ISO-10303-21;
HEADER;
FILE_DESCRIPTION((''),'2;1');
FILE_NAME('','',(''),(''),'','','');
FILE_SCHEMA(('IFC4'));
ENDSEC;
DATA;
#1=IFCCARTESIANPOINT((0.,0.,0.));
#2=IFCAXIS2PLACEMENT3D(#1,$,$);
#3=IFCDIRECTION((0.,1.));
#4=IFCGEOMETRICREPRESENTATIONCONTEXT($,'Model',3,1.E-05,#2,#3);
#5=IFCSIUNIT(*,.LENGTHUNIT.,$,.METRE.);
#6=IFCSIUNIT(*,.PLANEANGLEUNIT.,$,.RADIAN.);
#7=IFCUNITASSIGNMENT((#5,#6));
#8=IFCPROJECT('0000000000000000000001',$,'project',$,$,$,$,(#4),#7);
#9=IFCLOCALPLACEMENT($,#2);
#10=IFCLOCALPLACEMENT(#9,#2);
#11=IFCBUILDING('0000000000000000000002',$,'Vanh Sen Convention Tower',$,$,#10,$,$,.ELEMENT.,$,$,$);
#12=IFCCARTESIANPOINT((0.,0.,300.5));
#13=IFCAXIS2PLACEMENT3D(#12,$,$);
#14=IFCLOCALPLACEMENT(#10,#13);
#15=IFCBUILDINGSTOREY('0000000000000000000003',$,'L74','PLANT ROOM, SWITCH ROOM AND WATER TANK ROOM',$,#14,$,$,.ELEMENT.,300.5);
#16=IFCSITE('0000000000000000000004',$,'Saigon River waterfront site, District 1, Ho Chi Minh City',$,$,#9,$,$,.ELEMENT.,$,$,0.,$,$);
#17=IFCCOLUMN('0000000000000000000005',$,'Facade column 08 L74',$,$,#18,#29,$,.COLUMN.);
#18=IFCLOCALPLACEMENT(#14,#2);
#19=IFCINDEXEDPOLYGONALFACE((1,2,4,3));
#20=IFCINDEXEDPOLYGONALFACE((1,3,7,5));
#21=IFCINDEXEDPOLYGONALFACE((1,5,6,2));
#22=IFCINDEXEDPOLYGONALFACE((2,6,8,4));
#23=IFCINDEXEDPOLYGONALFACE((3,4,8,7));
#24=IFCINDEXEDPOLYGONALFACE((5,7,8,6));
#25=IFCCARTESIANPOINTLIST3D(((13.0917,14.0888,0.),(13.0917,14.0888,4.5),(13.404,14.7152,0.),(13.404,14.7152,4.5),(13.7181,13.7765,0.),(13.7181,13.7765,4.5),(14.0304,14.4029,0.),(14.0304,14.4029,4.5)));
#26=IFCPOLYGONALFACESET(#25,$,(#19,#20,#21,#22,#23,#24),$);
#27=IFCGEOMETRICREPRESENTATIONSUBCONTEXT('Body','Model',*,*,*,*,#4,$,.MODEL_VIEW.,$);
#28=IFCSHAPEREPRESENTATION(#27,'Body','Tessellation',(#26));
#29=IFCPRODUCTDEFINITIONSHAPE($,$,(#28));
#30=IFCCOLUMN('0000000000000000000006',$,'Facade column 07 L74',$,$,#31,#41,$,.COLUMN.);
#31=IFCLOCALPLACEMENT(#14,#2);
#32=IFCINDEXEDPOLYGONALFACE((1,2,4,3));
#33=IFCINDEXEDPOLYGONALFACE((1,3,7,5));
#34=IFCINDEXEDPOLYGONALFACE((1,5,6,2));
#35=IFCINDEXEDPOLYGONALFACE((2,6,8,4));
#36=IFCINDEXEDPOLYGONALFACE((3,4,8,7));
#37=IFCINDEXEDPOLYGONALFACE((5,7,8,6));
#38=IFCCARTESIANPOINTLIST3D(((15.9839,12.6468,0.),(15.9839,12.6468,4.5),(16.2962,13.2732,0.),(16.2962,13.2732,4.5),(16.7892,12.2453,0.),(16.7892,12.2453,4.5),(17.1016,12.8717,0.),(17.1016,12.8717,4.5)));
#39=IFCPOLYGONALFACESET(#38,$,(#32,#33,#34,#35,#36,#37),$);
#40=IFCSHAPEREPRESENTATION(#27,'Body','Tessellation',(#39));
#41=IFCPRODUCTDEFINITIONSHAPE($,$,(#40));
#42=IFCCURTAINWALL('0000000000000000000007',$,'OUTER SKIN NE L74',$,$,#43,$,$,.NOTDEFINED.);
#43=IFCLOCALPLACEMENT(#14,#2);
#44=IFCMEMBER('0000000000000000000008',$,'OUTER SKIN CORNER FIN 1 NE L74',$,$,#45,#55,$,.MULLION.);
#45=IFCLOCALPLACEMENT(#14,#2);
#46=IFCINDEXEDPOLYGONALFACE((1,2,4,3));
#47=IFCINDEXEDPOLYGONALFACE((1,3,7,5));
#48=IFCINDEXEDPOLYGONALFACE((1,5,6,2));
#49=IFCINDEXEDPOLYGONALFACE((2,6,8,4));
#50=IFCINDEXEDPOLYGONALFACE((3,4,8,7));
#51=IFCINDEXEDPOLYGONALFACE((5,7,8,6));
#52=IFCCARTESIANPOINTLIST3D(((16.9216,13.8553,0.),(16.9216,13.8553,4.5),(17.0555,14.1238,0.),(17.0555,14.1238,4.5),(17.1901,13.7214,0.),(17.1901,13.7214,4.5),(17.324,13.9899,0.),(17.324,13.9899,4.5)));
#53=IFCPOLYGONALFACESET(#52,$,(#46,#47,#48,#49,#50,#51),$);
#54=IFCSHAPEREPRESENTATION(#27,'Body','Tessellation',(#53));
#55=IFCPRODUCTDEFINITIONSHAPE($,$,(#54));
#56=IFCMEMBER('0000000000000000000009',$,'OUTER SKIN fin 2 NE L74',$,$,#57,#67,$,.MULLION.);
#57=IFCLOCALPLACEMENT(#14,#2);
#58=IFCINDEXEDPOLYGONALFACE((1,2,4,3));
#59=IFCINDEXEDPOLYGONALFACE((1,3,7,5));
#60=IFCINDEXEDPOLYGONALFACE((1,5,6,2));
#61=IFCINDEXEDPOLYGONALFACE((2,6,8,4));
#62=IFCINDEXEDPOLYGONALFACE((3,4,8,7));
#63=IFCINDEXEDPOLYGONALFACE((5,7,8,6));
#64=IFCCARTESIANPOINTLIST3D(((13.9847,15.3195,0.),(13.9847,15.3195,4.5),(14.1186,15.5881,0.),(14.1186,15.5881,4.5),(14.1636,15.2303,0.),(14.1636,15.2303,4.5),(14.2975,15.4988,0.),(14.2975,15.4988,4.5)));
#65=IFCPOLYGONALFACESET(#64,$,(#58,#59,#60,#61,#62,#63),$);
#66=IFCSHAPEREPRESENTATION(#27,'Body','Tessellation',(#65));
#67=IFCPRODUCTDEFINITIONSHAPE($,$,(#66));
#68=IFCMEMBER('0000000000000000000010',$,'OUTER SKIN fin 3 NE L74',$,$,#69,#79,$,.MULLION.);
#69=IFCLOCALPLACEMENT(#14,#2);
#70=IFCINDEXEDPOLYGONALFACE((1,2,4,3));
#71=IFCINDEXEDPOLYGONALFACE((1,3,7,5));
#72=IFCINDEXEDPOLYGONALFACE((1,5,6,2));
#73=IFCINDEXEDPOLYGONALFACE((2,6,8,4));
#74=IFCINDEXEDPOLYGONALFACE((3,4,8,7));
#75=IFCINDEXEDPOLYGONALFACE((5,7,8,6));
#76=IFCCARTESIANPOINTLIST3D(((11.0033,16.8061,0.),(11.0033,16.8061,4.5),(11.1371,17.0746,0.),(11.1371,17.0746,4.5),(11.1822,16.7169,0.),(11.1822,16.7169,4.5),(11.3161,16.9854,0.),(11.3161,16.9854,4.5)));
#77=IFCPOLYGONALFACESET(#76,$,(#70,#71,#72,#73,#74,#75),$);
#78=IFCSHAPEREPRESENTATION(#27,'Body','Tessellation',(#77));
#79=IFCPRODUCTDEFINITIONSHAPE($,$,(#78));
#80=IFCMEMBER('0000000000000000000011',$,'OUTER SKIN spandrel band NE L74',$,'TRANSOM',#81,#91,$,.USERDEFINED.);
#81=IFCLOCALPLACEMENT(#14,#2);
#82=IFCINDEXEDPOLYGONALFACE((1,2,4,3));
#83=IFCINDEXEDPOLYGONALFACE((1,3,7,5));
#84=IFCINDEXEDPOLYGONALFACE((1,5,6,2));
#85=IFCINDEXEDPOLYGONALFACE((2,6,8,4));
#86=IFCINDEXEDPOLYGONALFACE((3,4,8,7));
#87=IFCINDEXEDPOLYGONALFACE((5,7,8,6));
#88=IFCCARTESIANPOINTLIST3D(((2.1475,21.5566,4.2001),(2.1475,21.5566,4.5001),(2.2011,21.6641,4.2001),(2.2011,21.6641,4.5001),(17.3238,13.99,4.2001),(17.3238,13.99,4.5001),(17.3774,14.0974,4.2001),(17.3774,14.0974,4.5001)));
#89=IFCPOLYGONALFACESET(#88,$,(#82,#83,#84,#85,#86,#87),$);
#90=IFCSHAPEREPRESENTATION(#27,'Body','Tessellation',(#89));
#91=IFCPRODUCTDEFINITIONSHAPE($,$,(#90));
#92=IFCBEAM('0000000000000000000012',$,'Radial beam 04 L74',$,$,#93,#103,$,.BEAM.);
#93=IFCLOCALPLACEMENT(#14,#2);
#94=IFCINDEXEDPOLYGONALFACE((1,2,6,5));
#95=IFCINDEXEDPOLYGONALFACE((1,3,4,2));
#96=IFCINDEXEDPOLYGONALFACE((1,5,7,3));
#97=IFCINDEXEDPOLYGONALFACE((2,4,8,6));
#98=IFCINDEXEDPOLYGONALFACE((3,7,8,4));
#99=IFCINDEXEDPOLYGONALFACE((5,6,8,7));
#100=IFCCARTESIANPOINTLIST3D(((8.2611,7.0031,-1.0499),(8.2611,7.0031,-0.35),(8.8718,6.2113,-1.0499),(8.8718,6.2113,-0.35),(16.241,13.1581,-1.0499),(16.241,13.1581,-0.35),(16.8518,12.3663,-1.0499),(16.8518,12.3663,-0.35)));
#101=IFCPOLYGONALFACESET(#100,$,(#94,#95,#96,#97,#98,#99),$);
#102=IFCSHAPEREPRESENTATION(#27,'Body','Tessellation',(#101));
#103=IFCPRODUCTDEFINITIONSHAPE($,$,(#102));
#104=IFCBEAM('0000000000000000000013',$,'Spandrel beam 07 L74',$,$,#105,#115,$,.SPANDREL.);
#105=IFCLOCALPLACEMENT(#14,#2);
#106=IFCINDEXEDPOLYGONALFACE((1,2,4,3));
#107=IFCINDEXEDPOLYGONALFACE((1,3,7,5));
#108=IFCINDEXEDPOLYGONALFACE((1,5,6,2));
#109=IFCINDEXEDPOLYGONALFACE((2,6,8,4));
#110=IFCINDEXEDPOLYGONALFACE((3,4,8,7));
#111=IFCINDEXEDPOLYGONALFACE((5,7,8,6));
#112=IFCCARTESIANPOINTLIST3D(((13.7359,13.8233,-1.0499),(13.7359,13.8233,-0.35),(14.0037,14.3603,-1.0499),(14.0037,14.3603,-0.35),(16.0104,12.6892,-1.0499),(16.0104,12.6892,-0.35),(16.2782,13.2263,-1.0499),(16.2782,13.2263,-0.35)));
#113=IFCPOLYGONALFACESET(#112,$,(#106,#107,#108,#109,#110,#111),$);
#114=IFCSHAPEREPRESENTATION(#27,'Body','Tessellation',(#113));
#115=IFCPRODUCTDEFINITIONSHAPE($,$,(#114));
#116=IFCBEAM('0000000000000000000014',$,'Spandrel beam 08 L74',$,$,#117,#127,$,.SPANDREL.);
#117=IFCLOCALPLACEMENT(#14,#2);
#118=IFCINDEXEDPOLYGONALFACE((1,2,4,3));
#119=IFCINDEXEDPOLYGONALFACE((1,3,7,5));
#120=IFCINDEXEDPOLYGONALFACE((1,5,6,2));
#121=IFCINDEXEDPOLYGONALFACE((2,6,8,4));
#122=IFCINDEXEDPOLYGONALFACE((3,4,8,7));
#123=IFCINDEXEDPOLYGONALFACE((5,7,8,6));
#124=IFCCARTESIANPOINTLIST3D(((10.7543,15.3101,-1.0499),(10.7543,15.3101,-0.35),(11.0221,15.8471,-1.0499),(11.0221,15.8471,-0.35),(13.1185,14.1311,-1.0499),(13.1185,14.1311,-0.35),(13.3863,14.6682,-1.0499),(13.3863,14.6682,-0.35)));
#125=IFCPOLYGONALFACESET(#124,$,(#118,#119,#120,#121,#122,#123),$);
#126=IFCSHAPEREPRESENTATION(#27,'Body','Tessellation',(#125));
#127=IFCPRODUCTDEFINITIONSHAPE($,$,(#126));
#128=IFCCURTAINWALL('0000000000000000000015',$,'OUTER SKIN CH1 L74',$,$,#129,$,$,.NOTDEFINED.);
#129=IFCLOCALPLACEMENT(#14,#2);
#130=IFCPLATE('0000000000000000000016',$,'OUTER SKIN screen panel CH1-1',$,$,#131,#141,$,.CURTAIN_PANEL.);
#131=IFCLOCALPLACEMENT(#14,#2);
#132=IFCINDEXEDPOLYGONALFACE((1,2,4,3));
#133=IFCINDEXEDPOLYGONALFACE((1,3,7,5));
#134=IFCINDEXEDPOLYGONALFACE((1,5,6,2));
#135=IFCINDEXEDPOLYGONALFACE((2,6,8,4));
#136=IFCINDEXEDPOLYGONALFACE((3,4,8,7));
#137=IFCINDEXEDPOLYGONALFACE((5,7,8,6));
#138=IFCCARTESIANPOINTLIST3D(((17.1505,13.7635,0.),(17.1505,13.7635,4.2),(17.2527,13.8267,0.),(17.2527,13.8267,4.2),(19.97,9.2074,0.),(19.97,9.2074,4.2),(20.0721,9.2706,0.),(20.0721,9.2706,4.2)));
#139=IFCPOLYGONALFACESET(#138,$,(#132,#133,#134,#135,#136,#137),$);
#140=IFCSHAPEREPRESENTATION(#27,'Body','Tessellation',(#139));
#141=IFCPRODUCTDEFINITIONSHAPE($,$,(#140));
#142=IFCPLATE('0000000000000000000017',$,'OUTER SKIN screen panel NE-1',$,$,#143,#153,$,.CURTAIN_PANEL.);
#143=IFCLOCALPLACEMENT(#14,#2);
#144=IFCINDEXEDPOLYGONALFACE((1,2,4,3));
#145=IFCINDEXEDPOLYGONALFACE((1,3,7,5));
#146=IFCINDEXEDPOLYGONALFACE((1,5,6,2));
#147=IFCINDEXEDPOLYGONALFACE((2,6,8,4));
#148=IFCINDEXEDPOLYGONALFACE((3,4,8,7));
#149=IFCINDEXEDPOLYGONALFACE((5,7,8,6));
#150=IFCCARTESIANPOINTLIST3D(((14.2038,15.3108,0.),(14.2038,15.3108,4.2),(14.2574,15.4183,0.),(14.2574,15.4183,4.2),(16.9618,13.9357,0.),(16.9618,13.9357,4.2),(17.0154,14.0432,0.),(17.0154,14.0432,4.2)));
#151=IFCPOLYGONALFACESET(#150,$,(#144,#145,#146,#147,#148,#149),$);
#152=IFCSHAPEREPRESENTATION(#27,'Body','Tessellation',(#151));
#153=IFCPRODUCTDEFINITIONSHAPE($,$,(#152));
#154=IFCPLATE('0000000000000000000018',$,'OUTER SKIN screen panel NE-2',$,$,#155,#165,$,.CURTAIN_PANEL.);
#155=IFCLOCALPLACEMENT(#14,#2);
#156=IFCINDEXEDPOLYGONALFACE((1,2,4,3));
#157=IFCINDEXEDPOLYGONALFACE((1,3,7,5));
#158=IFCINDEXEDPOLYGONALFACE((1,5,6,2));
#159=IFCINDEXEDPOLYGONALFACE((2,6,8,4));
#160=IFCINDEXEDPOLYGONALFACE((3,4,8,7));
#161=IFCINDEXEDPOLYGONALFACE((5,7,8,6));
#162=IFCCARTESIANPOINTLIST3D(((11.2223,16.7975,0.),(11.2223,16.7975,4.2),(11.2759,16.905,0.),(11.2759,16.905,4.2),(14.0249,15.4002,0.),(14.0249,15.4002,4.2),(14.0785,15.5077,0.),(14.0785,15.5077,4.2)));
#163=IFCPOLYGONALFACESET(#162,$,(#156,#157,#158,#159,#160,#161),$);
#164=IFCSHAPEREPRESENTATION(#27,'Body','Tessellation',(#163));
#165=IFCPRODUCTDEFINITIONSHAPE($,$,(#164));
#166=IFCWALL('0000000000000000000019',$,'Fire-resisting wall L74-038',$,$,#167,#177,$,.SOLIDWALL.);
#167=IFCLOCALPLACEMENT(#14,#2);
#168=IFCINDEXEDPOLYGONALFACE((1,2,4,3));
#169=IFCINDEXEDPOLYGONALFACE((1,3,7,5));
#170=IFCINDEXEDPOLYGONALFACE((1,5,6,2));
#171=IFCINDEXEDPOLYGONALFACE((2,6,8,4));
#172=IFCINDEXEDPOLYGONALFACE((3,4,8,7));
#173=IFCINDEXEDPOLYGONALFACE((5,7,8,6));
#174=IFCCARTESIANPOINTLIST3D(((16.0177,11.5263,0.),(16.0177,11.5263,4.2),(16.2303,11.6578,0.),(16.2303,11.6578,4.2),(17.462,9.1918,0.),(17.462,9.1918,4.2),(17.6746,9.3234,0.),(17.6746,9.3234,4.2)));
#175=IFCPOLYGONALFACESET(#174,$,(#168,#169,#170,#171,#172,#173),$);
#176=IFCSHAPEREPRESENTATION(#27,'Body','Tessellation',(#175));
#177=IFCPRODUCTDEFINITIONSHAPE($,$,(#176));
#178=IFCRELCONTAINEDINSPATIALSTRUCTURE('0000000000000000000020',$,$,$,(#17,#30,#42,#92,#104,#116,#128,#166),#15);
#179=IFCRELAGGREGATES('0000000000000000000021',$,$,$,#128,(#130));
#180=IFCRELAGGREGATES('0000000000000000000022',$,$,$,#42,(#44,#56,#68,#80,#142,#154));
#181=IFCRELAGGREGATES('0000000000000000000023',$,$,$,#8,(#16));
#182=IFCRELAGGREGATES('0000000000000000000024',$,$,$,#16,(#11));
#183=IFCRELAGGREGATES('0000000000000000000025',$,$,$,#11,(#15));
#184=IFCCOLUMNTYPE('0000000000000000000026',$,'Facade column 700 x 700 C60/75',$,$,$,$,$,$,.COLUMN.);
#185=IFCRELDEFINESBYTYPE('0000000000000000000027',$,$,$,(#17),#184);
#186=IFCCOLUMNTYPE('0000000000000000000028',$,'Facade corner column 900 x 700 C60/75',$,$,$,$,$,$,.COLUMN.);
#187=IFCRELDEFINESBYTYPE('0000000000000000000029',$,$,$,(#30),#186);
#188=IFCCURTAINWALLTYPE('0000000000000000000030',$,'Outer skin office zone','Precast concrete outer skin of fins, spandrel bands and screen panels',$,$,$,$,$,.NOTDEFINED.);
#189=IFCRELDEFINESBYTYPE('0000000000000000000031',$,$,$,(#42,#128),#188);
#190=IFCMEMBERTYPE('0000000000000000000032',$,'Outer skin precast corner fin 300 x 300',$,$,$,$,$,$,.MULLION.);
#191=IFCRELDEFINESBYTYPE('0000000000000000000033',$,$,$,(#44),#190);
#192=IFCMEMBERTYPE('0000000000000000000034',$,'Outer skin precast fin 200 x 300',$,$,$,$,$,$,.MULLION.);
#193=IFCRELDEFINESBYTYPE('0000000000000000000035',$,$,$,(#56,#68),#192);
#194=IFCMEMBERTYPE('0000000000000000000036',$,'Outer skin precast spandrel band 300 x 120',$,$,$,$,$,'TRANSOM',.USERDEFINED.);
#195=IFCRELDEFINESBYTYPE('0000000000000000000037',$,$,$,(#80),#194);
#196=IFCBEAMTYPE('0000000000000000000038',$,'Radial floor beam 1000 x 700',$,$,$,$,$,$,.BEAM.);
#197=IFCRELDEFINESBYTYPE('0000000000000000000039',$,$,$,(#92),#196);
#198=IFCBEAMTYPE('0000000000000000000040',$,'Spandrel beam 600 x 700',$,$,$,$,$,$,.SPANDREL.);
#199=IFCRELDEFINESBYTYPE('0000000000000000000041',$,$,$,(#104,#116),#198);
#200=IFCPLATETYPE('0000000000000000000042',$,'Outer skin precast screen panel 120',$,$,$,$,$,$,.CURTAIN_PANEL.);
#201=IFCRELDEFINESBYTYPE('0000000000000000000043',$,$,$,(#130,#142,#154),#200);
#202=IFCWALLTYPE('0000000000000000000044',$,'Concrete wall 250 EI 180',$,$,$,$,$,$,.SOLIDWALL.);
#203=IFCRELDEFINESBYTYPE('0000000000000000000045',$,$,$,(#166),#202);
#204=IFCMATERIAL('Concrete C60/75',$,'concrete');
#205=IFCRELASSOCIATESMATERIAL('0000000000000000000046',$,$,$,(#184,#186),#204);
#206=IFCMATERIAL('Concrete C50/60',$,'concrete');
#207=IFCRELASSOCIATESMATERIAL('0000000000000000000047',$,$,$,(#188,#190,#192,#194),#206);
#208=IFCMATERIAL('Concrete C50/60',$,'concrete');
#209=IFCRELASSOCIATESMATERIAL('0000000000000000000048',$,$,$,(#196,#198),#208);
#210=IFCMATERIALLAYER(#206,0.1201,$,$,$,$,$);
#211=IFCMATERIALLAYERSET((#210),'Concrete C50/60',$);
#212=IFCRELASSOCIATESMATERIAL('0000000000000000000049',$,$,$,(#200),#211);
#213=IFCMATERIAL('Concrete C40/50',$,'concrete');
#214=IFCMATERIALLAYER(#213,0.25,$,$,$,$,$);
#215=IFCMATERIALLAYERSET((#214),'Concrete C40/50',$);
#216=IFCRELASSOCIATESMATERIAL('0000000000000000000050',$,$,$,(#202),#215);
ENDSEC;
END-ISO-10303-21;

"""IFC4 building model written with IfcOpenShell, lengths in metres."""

from ifc_helpers import new_model, si_unit, direction, frame, frame_2d, origin, origin_2d, place, context, subcontext, project, spatial, rectangle, extrude, material, layer, layer_set, material_profile, profile_set, type_object, element, aggregate, save


model = new_model("IFC4")

# Units and contexts
model_context = context("Model", 3, precision=1e-05, world=origin(), true_north=direction((0.0, 1.0)))
body_context = subcontext(model_context, "Body", "Model", "MODEL_VIEW")
ifc_project = project(units=[si_unit("LENGTHUNIT", "METRE"), si_unit("PLANEANGLEUNIT", "RADIAN")], contexts=[model_context])

# Site, building, storey
site_placement = place(None, origin())
site = spatial("IfcSite", under=ifc_project, at=site_placement, Name="Saigon River waterfront site, District 1, Ho Chi Minh City", CompositionType="ELEMENT", RefElevation=0.0)
building_placement = place(site_placement, origin())
building = spatial("IfcBuilding", under=site, at=building_placement, Name="Vanh Sen Convention Tower", CompositionType="ELEMENT")
storey_placement = place(building_placement, frame((0.0, 0.0, 300.5)))
storey = spatial("IfcBuildingStorey", under=building, at=storey_placement, Name="L74", Description="PLANT ROOM, SWITCH ROOM AND WATER TANK ROOM", CompositionType="ELEMENT", Elevation=300.5)

# Columns
ifc_material_1 = material(Name="Concrete C60/75", Category="concrete")
ifc_material_profile_1 = material_profile(ifc_material_1, rectangle(XDim=0.7, YDim=0.7, at=origin_2d()), Name="RC 700X700")
ifc_profile_set_1 = profile_set([ifc_material_profile_1], Name="Concrete C60/75")
column_type_1 = type_object("IfcColumnType", Name="Facade column 700 x 700 C60/75", PredefinedType="COLUMN", material=ifc_profile_set_1)
column_1_placement = place(storey_placement, frame((13.561, 14.2458, 0.0), z_axis=(0.0, 0.0, 1.0), x_axis=(-0.894934, 0.446198, 0.0)))
element("IfcColumn", 1, at=column_1_placement, inside=storey, type_object=column_type_1, Name="Facade column 08 L74", PredefinedType="COLUMN", context=body_context, shape_type="SweptSolid", body=[
    extrude(rectangle(XDim=0.7, YDim=0.7, at=origin_2d()), origin(), (0.0, 0.0, 1.0), 4.5),
])
ifc_material_profile_2 = material_profile(ifc_material_1, rectangle(XDim=0.8999, YDim=0.7, at=origin_2d()), Name="RC 900X700")
ifc_profile_set_2 = profile_set([ifc_material_profile_2], Name="Concrete C60/75")
column_type_2 = type_object("IfcColumnType", Name="Facade corner column 900 x 700 C60/75", PredefinedType="COLUMN", material=ifc_profile_set_2)
column_2_placement = place(storey_placement, frame((16.5427, 12.7593, 0.0), z_axis=(0.0, 0.0, 1.0), x_axis=(-0.894934, 0.446198, 0.0)))
element("IfcColumn", 2, at=column_2_placement, inside=storey, type_object=column_type_2, Name="Facade column 07 L74", PredefinedType="COLUMN", context=body_context, shape_type="SweptSolid", body=[
    extrude(rectangle(XDim=0.8999, YDim=0.7, at=origin_2d()), origin(), (0.0, 0.0, 1.0), 4.5),
])

# Curtain wall, members
ifc_material_2 = material(Name="Concrete C50/60", Category="concrete")
curtain_wall_type = type_object("IfcCurtainWallType", Name="Outer skin office zone", Description="Precast concrete outer skin of fins, spandrel bands and screen panels", PredefinedType="NOTDEFINED", material=ifc_material_2)
curtain_wall_1_placement = place(storey_placement, origin())
curtain_wall_1 = element("IfcCurtainWall", 3, at=curtain_wall_1_placement, inside=storey, type_object=curtain_wall_type, Name="OUTER SKIN NE L74", PredefinedType="NOTDEFINED")
ifc_material_profile_3 = material_profile(ifc_material_2, rectangle(XDim=0.3, YDim=0.3, at=origin_2d()), Name="Outer skin precast corner fin 300 x 300")
ifc_profile_set_3 = profile_set([ifc_material_profile_3], Name="Concrete C50/60")
member_type_1 = type_object("IfcMemberType", Name="Outer skin precast corner fin 300 x 300", PredefinedType="MULLION", material=ifc_profile_set_3)
member_1_placement = place(storey_placement, frame((17.1228, 13.9226, 0.0), z_axis=(0.0, 0.0, 1.0), x_axis=(-0.894934, 0.446198, 0.0)))
member_1 = element("IfcMember", 4, at=member_1_placement, type_object=member_type_1, Name="OUTER SKIN CORNER FIN 1 NE L74", PredefinedType="MULLION", context=body_context, shape_type="SweptSolid", body=[
    extrude(rectangle(XDim=0.3, YDim=0.3, at=origin_2d()), origin(), (0.0, 0.0, 1.0), 4.5),
])
ifc_material_profile_4 = material_profile(ifc_material_2, rectangle(XDim=0.2, YDim=0.3, at=origin_2d()), Name="Outer skin precast fin 200 x 300")
ifc_profile_set_4 = profile_set([ifc_material_profile_4], Name="Concrete C50/60")
member_type_2 = type_object("IfcMemberType", Name="Outer skin precast fin 200 x 300", PredefinedType="MULLION", material=ifc_profile_set_4)
member_2_placement = place(storey_placement, frame((14.1411, 15.4092, 0.0), z_axis=(0.0, 0.0, 1.0), x_axis=(-0.894934, 0.446198, 0.0)))
member_2 = element("IfcMember", 5, at=member_2_placement, type_object=member_type_2, Name="OUTER SKIN fin 2 NE L74", PredefinedType="MULLION", context=body_context, shape_type="SweptSolid", body=[
    extrude(rectangle(XDim=0.2, YDim=0.3, at=origin_2d()), origin(), (0.0, 0.0, 1.0), 4.5),
])
member_3_placement = place(storey_placement, frame((11.1597, 16.8958, 0.0), z_axis=(0.0, 0.0, 1.0), x_axis=(-0.894934, 0.446198, 0.0)))
member_3 = element("IfcMember", 6, at=member_3_placement, type_object=member_type_2, Name="OUTER SKIN fin 3 NE L74", PredefinedType="MULLION", context=body_context, shape_type="SweptSolid", body=[
    extrude(rectangle(XDim=0.2, YDim=0.3, at=origin_2d()), origin(), (0.0, 0.0, 1.0), 4.5),
])
ifc_material_profile_5 = material_profile(ifc_material_2, rectangle(XDim=0.1201, YDim=0.3, at=origin_2d()), Name="Outer skin precast spandrel band 300 x 120")
ifc_profile_set_5 = profile_set([ifc_material_profile_5], Name="Concrete C50/60")
member_type_3 = type_object("IfcMemberType", Name="Outer skin precast spandrel band 300 x 120", ElementType="TRANSOM", PredefinedType="USERDEFINED", material=ifc_profile_set_5)
member_4_placement = place(storey_placement, frame((17.3506, 14.0437, 4.3501), z_axis=(-0.894933, 0.4462, 0.0), x_axis=(-0.4462, -0.894933, 0.0)))
member_4 = element("IfcMember", 7, at=member_4_placement, type_object=member_type_3, Name="OUTER SKIN spandrel band NE L74", ObjectType="TRANSOM", PredefinedType="USERDEFINED", context=body_context, shape_type="SweptSolid", body=[
    extrude(rectangle(XDim=0.1201, YDim=0.3, at=origin_2d()), origin(), (0.0, 0.0, 1.0), 16.958),
])

# Beams
ifc_material_3 = material(Name="Concrete C50/60", Category="concrete")
ifc_material_profile_6 = material_profile(ifc_material_3, rectangle(XDim=1.0, YDim=0.7, at=origin_2d()), Name="RC 1000X700")
ifc_profile_set_6 = profile_set([ifc_material_profile_6], Name="Concrete C50/60")
beam_type_1 = type_object("IfcBeamType", Name="Radial floor beam 1000 x 700", PredefinedType="BEAM", material=ifc_profile_set_6)
beam_1_placement = place(storey_placement, frame((16.5464, 12.7622, -0.7), z_axis=(-0.791828, -0.610744, 0.0), x_axis=(0.610744, -0.791828, 0.0)))
element("IfcBeam", 8, at=beam_1_placement, inside=storey, type_object=beam_type_1, Name="Radial beam 04 L74", PredefinedType="BEAM", context=body_context, shape_type="SweptSolid", body=[
    extrude(rectangle(XDim=1.0, YDim=0.7, at=origin_2d()), origin(), (0.0, 0.0, 1.0), 10.0779),
])
ifc_material_profile_7 = material_profile(ifc_material_3, rectangle(XDim=0.6001, YDim=0.7, at=origin_2d()), Name="RC 600X700")
ifc_profile_set_7 = profile_set([ifc_material_profile_7], Name="Concrete C50/60")
beam_type_2 = type_object("IfcBeamType", Name="Spandrel beam 600 x 700", PredefinedType="SPANDREL", material=ifc_profile_set_7)
beam_2_placement = place(storey_placement, frame((16.1443, 12.9578, -0.7), z_axis=(-0.894926, 0.446214, 0.0), x_axis=(-0.446214, -0.894926, 0.0)))
element("IfcBeam", 9, at=beam_2_placement, inside=storey, type_object=beam_type_2, Name="Spandrel beam 07 L74", PredefinedType="SPANDREL", context=body_context, shape_type="SweptSolid", body=[
    extrude(rectangle(XDim=0.6001, YDim=0.7, at=origin_2d()), origin(), (0.0, 0.0, 1.0), 2.5415),
])
beam_3_placement = place(storey_placement, frame((13.2524, 14.3997, -0.7), z_axis=(-0.894907, 0.446252, 0.0), x_axis=(-0.446252, -0.894907, 0.0)))
element("IfcBeam", 10, at=beam_3_placement, inside=storey, type_object=beam_type_2, Name="Spandrel beam 08 L74", PredefinedType="SPANDREL", context=body_context, shape_type="SweptSolid", body=[
    extrude(rectangle(XDim=0.6001, YDim=0.7, at=origin_2d()), origin(), (0.0, 0.0, 1.0), 2.6418),
])

# Curtain wall, plate
curtain_wall_2_placement = place(storey_placement, origin())
curtain_wall_2 = element("IfcCurtainWall", 11, at=curtain_wall_2_placement, inside=storey, type_object=curtain_wall_type, Name="OUTER SKIN CH1 L74", PredefinedType="NOTDEFINED")
ifc_layer_1 = layer(ifc_material_2, 0.1201)
ifc_layer_set_1 = layer_set([ifc_layer_1], Name="Concrete C50/60")
plate_type = type_object("IfcPlateType", Name="Outer skin precast screen panel 120", PredefinedType="CURTAIN_PANEL", material=ifc_layer_set_1)
plate_1_placement = place(storey_placement, frame((18.6113, 11.5171, 0.0), z_axis=(0.0, 0.0, 1.0), x_axis=(-0.526218, 0.850349, 0.0)))
plate_1 = element("IfcPlate", 12, at=plate_1_placement, type_object=plate_type, Name="OUTER SKIN screen panel CH1-1", PredefinedType="CURTAIN_PANEL", context=body_context, shape_type="SweptSolid", body=[
    extrude(rectangle(XDim=5.3579, YDim=0.1201, at=origin_2d()), origin(), (0.0, 0.0, 1.0), 4.2),
])
aggregate(curtain_wall_2, [plate_1])

# Plates
plate_2_placement = place(storey_placement, frame((15.6096, 14.677, 0.0), z_axis=(0.0, 0.0, 1.0), x_axis=(-0.894931, 0.446204, 0.0)))
plate_2 = element("IfcPlate", 13, at=plate_2_placement, type_object=plate_type, Name="OUTER SKIN screen panel NE-1", PredefinedType="CURTAIN_PANEL", context=body_context, shape_type="SweptSolid", body=[
    extrude(rectangle(XDim=3.0818, YDim=0.1201, at=origin_2d()), origin(), (0.0, 0.0, 1.0), 4.2),
])
plate_3_placement = place(storey_placement, frame((12.6504, 16.1526, 0.0), z_axis=(0.0, 0.0, 1.0), x_axis=(-0.894931, 0.446204, 0.0)))
plate_3 = element("IfcPlate", 14, at=plate_3_placement, type_object=plate_type, Name="OUTER SKIN screen panel NE-2", PredefinedType="CURTAIN_PANEL", context=body_context, shape_type="SweptSolid", body=[
    extrude(rectangle(XDim=3.1316, YDim=0.1201, at=origin_2d()), origin(), (0.0, 0.0, 1.0), 4.2),
])
aggregate(curtain_wall_1, [member_1, member_2, member_3, member_4, plate_2, plate_3])

# Wall
ifc_material_4 = material(Name="Concrete C40/50", Category="concrete")
ifc_layer_2 = layer(ifc_material_4, 0.25)
ifc_layer_set_2 = layer_set([ifc_layer_2], Name="Concrete C40/50")
wall_type_1 = type_object("IfcWallType", Name="Concrete wall 250 EI 180", PredefinedType="SOLIDWALL", material=ifc_layer_set_2)
wall_1_placement = place(storey_placement, frame((16.124, 11.592, 0.0), z_axis=(0.0, 0.0, 1.0), x_axis=(0.52614, -0.850398, 0.0)))
element("IfcWall", 15, at=wall_1_placement, inside=storey, type_object=wall_type_1, Name="Fire-resisting wall L74-038", PredefinedType="SOLIDWALL", context=body_context, shape_type="SweptSolid", body=[
    extrude(rectangle(XDim=2.7451, YDim=0.25, at=frame_2d((1.3726, 0.0))), origin(), (0.0, 0.0, 1.0), 4.2),
])

save(model, "model.ifc")
